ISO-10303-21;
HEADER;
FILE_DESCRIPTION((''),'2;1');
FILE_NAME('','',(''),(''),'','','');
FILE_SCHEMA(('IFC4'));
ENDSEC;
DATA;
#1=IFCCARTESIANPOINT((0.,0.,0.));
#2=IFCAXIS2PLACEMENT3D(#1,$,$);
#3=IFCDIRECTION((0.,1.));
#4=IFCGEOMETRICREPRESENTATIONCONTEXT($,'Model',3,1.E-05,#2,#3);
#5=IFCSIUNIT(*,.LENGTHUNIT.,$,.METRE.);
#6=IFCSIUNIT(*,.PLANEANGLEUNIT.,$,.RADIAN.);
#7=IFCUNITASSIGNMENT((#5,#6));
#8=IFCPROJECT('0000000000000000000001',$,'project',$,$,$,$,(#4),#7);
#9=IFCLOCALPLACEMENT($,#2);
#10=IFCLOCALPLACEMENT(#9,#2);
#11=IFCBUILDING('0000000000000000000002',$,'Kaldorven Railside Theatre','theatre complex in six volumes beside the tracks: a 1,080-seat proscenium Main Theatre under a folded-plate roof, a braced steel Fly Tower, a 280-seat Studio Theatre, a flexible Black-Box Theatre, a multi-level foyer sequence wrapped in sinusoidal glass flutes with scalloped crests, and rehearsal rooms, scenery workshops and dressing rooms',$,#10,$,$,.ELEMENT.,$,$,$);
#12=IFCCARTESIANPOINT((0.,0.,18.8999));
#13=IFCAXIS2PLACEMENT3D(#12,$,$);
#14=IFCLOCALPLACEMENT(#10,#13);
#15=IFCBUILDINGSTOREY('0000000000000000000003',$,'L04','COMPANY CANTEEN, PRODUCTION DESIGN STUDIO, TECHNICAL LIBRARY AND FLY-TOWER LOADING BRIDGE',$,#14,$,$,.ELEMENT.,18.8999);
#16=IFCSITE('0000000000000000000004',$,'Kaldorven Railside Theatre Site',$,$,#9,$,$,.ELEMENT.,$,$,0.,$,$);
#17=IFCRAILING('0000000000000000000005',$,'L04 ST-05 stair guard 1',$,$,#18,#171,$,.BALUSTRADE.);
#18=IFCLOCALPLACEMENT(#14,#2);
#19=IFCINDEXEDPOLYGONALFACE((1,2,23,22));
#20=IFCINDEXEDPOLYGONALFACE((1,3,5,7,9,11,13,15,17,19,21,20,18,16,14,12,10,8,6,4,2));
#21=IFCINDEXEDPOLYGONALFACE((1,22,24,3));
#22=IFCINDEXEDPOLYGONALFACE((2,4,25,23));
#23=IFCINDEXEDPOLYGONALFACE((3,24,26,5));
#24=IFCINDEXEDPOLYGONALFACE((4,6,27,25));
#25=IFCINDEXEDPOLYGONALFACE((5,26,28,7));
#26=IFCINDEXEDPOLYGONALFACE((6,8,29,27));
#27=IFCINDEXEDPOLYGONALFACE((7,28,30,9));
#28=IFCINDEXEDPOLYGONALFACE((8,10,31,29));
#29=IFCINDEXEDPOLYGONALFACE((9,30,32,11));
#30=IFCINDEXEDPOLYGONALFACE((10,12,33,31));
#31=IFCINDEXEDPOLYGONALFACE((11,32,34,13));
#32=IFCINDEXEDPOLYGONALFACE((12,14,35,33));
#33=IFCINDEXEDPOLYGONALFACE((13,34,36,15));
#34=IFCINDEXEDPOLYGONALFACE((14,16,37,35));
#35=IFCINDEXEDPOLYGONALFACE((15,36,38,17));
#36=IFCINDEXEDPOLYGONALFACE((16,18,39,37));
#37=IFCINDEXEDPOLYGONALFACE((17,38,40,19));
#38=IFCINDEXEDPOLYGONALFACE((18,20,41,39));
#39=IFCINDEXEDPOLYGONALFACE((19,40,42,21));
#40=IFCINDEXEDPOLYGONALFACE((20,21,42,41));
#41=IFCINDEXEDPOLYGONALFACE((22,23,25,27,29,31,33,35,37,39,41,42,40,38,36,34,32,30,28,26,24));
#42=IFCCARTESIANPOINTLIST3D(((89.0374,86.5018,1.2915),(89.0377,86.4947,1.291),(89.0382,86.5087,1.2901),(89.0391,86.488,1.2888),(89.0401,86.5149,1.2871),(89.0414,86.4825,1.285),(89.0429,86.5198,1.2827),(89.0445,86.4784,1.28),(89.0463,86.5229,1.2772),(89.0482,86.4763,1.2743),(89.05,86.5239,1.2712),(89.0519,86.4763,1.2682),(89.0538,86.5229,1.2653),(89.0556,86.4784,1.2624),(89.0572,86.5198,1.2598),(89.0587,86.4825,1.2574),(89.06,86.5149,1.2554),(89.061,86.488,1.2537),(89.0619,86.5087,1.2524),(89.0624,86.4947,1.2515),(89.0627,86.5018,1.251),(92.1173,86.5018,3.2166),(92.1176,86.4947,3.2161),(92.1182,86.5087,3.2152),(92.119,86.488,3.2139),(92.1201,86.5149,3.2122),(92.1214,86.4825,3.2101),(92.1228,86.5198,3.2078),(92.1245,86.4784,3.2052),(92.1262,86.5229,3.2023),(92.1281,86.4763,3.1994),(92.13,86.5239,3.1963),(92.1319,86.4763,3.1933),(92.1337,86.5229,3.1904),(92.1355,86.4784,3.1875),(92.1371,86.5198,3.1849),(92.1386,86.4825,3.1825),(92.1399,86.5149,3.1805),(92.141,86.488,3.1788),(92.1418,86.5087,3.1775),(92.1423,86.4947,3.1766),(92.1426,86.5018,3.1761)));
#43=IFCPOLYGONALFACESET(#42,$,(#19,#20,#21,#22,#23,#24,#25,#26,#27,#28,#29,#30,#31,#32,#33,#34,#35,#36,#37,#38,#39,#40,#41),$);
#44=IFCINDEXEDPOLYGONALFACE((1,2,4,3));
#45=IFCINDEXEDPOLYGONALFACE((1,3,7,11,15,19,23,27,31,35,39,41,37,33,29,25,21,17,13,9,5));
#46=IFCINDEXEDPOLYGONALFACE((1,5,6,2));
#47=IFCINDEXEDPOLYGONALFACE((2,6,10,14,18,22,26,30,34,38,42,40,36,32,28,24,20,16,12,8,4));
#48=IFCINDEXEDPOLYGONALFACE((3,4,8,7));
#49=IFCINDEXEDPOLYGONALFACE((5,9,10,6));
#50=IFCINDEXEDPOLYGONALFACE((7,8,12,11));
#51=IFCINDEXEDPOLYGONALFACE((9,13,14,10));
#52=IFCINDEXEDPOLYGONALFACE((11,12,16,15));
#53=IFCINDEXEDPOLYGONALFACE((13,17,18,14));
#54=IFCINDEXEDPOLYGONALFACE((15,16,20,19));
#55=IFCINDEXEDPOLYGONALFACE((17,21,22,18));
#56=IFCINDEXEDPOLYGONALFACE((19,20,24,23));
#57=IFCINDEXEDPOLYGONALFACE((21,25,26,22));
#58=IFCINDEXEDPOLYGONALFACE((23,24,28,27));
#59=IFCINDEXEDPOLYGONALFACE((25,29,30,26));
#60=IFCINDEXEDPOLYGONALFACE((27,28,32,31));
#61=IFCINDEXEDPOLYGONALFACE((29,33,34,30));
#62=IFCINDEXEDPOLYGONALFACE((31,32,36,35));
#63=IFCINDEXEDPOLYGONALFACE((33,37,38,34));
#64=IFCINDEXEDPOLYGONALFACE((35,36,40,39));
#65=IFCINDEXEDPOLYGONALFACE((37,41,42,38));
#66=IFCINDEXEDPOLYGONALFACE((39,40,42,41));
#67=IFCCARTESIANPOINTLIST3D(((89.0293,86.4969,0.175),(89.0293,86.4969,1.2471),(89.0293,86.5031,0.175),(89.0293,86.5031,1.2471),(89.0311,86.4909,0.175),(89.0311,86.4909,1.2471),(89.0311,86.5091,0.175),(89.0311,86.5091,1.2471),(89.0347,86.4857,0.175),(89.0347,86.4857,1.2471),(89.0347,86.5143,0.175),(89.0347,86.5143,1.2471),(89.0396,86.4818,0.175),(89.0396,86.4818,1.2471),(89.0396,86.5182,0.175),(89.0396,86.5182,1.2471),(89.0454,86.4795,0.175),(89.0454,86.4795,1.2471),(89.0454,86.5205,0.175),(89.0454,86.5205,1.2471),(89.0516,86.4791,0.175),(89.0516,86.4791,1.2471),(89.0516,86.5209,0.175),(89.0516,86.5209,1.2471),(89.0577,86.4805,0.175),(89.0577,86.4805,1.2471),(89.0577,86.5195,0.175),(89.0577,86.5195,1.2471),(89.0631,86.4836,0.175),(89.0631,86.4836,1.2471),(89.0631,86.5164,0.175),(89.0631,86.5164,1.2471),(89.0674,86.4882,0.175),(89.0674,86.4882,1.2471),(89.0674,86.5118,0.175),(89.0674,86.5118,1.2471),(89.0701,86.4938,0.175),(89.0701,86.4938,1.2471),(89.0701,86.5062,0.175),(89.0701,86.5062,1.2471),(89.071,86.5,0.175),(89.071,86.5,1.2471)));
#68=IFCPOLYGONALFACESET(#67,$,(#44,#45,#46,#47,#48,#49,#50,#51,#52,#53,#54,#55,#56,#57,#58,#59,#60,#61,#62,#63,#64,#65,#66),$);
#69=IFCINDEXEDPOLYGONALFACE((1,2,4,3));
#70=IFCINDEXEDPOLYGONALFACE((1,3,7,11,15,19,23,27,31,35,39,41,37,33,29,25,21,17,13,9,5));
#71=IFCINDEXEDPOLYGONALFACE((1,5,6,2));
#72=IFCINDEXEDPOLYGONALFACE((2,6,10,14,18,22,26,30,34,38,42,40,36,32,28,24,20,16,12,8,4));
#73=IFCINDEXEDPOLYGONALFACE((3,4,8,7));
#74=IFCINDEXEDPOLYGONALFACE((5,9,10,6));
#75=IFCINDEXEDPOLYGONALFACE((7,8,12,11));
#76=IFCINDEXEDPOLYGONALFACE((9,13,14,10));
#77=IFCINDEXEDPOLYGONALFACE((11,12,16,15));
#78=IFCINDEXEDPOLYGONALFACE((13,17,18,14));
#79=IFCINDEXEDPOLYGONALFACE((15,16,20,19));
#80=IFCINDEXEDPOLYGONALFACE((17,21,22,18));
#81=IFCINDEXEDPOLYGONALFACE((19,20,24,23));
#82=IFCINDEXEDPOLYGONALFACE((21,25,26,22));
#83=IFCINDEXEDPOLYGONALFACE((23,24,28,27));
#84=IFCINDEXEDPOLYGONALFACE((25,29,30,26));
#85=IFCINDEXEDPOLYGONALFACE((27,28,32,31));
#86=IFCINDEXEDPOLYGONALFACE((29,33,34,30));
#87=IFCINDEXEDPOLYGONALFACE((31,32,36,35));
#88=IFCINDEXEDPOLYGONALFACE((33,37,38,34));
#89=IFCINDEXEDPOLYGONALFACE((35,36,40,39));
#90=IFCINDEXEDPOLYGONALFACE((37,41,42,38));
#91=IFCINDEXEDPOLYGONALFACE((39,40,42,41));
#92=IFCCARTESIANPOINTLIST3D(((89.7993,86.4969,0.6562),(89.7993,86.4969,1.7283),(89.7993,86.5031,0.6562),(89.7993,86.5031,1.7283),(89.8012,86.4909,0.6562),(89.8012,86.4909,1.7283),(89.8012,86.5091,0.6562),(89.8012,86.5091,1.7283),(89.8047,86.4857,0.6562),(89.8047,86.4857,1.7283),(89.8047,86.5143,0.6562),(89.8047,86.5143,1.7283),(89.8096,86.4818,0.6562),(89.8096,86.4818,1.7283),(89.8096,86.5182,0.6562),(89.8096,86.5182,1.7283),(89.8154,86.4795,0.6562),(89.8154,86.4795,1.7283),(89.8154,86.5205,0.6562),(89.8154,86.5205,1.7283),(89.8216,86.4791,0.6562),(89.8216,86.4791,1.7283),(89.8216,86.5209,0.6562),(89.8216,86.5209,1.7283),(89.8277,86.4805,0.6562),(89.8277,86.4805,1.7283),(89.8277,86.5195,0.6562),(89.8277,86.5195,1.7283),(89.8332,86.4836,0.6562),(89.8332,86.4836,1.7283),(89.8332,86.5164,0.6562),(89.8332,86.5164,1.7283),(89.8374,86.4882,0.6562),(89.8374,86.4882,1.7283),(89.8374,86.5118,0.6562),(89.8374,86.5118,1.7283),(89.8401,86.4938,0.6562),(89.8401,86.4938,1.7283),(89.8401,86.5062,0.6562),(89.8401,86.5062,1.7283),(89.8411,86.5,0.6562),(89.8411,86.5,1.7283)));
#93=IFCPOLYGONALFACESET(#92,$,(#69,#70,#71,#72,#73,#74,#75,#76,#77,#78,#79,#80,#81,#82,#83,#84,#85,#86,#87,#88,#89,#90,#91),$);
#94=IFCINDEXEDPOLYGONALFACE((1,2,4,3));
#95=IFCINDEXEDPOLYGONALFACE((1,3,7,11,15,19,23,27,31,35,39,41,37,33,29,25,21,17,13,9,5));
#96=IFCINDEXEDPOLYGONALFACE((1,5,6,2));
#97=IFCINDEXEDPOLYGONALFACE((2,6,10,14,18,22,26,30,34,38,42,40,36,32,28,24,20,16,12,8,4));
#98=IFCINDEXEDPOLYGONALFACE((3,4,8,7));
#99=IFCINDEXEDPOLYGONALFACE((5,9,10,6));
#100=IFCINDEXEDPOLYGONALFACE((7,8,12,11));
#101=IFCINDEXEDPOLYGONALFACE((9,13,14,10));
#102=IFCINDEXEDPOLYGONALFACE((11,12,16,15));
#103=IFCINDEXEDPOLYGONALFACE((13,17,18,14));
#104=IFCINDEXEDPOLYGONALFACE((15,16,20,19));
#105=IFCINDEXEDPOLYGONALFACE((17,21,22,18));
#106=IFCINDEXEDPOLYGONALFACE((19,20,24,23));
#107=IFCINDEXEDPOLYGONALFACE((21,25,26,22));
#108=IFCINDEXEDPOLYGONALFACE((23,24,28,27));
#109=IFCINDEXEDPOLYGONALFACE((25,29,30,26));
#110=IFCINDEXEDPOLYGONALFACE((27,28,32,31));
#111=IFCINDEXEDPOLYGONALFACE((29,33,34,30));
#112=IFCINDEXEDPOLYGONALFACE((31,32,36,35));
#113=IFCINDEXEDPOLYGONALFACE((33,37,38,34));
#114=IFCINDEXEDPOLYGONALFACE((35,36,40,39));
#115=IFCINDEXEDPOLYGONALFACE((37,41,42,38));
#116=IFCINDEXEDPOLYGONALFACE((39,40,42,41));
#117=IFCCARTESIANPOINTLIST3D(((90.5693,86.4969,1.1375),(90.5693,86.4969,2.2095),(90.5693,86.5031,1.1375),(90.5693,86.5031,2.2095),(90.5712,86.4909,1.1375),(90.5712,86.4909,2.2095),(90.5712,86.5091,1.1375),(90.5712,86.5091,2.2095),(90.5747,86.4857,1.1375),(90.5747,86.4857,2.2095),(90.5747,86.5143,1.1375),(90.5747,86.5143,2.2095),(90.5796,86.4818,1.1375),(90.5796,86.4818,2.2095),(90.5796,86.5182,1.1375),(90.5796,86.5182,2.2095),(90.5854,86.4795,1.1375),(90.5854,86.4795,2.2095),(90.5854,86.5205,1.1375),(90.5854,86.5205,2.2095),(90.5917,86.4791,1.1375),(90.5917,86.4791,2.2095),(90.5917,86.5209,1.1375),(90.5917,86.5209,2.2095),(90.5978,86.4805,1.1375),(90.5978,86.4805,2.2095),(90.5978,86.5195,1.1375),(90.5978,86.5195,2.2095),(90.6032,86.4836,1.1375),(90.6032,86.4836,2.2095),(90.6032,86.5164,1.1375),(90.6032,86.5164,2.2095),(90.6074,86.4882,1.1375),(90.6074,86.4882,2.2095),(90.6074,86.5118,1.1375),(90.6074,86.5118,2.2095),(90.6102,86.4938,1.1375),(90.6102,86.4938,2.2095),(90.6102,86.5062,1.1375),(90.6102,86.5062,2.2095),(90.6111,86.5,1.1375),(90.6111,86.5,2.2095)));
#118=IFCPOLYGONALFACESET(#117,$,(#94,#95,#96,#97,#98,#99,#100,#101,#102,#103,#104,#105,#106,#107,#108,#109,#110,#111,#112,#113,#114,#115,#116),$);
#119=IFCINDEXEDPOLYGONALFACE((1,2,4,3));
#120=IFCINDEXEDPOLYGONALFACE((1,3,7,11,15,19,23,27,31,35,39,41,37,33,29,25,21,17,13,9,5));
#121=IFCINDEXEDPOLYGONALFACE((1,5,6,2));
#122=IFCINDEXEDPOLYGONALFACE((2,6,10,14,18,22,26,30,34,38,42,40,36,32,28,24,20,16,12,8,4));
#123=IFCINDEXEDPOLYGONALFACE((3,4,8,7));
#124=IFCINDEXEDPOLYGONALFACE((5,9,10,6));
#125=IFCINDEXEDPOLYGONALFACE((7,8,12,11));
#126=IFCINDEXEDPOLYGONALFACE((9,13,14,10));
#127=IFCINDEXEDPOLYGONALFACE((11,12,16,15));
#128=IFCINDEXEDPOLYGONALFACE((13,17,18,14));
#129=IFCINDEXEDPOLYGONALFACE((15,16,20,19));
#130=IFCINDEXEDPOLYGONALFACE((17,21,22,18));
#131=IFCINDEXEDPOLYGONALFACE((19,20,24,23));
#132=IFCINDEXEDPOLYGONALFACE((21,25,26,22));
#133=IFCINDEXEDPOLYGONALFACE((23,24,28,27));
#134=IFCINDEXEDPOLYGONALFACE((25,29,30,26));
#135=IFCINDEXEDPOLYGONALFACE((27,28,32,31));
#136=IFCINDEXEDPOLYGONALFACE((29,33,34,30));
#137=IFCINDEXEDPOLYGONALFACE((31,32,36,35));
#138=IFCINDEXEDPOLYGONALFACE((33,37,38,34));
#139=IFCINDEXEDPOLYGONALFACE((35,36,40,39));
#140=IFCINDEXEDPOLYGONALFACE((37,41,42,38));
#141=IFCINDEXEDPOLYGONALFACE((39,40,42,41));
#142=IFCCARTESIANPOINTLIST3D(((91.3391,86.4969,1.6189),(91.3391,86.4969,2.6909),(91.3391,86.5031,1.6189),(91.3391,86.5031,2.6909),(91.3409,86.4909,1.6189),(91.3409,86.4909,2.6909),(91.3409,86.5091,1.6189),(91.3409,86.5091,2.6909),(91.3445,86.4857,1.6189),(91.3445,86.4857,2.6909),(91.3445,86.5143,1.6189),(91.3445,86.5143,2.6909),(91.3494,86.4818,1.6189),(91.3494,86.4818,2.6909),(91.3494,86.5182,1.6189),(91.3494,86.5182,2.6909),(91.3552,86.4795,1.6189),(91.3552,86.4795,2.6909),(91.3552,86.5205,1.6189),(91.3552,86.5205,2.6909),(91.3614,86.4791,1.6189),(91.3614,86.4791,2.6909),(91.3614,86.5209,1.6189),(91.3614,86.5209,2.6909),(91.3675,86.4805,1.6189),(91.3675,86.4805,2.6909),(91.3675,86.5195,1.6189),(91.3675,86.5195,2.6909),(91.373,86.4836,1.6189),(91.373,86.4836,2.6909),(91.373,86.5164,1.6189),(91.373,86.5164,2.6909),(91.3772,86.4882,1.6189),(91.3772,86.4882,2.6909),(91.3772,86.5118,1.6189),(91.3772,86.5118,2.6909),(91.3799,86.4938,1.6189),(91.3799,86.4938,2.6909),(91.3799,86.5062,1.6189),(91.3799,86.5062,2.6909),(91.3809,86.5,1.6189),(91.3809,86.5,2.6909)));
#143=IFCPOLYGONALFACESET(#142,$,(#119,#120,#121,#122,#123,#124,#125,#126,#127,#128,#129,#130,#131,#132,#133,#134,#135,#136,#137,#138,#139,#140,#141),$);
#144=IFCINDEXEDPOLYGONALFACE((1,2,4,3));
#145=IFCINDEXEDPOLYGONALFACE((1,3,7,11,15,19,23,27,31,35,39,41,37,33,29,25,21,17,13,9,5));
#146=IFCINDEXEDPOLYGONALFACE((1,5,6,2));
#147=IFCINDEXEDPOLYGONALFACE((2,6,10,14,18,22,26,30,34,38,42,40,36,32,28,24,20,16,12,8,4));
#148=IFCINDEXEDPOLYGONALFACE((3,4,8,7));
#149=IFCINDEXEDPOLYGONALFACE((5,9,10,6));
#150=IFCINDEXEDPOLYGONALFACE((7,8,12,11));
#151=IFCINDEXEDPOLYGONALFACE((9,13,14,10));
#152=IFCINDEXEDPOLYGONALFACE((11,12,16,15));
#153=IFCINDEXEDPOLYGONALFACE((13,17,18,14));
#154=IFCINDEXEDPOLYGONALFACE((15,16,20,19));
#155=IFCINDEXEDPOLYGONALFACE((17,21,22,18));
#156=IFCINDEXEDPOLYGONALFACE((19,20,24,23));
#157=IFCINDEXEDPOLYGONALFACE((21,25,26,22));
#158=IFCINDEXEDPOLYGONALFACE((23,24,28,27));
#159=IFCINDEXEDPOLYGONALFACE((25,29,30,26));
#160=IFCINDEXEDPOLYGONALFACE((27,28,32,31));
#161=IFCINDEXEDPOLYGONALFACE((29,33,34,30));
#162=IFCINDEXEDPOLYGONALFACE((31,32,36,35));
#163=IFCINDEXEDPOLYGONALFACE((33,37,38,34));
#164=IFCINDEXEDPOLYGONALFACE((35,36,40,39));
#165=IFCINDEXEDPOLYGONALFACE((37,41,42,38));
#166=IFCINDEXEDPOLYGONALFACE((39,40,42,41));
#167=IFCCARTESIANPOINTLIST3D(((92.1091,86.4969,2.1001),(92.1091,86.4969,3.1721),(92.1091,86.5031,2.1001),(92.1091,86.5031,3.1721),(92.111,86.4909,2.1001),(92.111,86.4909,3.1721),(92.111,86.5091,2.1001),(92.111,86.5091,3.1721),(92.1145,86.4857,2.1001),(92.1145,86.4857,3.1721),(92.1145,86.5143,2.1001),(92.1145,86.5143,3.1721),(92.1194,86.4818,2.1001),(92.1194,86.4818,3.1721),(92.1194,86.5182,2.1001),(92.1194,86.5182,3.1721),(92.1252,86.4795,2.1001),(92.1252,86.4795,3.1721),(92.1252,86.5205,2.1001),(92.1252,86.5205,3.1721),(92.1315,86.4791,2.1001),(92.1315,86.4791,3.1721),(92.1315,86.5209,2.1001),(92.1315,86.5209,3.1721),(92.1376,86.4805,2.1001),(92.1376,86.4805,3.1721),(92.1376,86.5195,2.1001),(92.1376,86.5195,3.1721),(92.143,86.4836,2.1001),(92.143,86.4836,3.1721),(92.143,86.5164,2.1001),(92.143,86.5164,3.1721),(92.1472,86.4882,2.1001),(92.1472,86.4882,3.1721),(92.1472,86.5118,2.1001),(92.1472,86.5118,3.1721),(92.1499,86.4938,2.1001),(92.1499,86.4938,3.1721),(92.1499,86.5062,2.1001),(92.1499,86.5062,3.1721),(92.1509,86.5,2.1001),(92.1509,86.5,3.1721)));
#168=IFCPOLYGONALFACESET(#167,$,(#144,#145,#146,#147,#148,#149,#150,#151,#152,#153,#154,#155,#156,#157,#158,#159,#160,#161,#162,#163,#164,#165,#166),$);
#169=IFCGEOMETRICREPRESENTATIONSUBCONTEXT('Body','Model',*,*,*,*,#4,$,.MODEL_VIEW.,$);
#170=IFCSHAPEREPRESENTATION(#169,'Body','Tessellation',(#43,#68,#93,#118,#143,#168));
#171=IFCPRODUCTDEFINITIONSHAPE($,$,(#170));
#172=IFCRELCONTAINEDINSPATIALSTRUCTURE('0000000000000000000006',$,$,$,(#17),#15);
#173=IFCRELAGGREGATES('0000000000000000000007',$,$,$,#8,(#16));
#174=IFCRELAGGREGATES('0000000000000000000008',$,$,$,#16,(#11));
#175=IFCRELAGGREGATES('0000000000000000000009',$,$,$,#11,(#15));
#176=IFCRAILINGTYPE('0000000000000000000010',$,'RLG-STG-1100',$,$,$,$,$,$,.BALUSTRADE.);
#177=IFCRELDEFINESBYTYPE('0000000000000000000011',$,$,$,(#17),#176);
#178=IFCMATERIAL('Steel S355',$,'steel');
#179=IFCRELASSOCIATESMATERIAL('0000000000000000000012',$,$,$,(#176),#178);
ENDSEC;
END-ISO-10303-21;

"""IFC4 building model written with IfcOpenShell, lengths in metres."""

from ifc_helpers import new_model, si_unit, direction, frame, origin, origin_2d, place, context, subcontext, project, spatial, circle, extrude, material, type_object, element, save


model = new_model("IFC4")

# Units and contexts
model_context = context("Model", 3, precision=1e-05, world=origin(), true_north=direction((0.0, 1.0)))
body_context = subcontext(model_context, "Body", "Model", "MODEL_VIEW")
ifc_project = project(units=[si_unit("LENGTHUNIT", "METRE"), si_unit("PLANEANGLEUNIT", "RADIAN")], contexts=[model_context])

# Site, building, storey
site_placement = place(None, origin())
site = spatial("IfcSite", under=ifc_project, at=site_placement, Name="Kaldorven Railside Theatre Site", CompositionType="ELEMENT", RefElevation=0.0)
building_placement = place(site_placement, origin())
building = spatial("IfcBuilding", under=site, at=building_placement, Name="Kaldorven Railside Theatre", Description="theatre complex in six volumes beside the tracks: a 1,080-seat proscenium Main Theatre under a folded-plate roof, a braced steel Fly Tower, a 280-seat Studio Theatre, a flexible Black-Box Theatre, a multi-level foyer sequence wrapped in sinusoidal glass flutes with scalloped crests, and rehearsal rooms, scenery workshops and dressing rooms", CompositionType="ELEMENT")
storey_placement = place(building_placement, frame((0.0, 0.0, 18.8999)))
storey = spatial("IfcBuildingStorey", under=building, at=storey_placement, Name="L04", Description="COMPANY CANTEEN, PRODUCTION DESIGN STUDIO, TECHNICAL LIBRARY AND FLY-TOWER LOADING BRIDGE", CompositionType="ELEMENT", Elevation=18.8999)

# Shared definitions
ifc_material_1 = material(Name="Steel S355", Category="steel")

# Railing
railing_type_1 = type_object("IfcRailingType", Name="RLG-STG-1100", PredefinedType="BALUSTRADE", material=ifc_material_1)
railing_1_placement = place(storey_placement, frame((89.05, 86.5, 0.175)))
element("IfcRailing", 1, at=railing_1_placement, inside=storey, type_object=railing_type_1, Name="L04 ST-05 stair guard 1", PredefinedType="BALUSTRADE", context=body_context, shape_type="SweptSolid", body=[
    extrude(circle(Radius=0.0239, at=origin_2d()), frame((0.0, 0.0, 1.0962), z_axis=(0.847979, 0.0, 0.530029), x_axis=(0.0, 1.0, 0.0)), (0.0, 0.0, 1.0), 3.6321),
    extrude(circle(Radius=0.021, at=origin_2d()), origin(), (0.0, 0.0, 1.0), 1.072),
    extrude(circle(Radius=0.021, at=origin_2d()), frame((0.77, 0.0, 0.4812)), (0.0, 0.0, 1.0), 1.072),
    extrude(circle(Radius=0.021, at=origin_2d()), frame((1.54, 0.0, 0.9624)), (0.0, 0.0, 1.0), 1.072),
    extrude(circle(Radius=0.021, at=origin_2d()), frame((2.3098, 0.0, 1.4438)), (0.0, 0.0, 1.0), 1.072),
    extrude(circle(Radius=0.021, at=origin_2d()), frame((3.0798, 0.0, 1.925)), (0.0, 0.0, 1.0), 1.072),
])

save(model, "model.ifc")
